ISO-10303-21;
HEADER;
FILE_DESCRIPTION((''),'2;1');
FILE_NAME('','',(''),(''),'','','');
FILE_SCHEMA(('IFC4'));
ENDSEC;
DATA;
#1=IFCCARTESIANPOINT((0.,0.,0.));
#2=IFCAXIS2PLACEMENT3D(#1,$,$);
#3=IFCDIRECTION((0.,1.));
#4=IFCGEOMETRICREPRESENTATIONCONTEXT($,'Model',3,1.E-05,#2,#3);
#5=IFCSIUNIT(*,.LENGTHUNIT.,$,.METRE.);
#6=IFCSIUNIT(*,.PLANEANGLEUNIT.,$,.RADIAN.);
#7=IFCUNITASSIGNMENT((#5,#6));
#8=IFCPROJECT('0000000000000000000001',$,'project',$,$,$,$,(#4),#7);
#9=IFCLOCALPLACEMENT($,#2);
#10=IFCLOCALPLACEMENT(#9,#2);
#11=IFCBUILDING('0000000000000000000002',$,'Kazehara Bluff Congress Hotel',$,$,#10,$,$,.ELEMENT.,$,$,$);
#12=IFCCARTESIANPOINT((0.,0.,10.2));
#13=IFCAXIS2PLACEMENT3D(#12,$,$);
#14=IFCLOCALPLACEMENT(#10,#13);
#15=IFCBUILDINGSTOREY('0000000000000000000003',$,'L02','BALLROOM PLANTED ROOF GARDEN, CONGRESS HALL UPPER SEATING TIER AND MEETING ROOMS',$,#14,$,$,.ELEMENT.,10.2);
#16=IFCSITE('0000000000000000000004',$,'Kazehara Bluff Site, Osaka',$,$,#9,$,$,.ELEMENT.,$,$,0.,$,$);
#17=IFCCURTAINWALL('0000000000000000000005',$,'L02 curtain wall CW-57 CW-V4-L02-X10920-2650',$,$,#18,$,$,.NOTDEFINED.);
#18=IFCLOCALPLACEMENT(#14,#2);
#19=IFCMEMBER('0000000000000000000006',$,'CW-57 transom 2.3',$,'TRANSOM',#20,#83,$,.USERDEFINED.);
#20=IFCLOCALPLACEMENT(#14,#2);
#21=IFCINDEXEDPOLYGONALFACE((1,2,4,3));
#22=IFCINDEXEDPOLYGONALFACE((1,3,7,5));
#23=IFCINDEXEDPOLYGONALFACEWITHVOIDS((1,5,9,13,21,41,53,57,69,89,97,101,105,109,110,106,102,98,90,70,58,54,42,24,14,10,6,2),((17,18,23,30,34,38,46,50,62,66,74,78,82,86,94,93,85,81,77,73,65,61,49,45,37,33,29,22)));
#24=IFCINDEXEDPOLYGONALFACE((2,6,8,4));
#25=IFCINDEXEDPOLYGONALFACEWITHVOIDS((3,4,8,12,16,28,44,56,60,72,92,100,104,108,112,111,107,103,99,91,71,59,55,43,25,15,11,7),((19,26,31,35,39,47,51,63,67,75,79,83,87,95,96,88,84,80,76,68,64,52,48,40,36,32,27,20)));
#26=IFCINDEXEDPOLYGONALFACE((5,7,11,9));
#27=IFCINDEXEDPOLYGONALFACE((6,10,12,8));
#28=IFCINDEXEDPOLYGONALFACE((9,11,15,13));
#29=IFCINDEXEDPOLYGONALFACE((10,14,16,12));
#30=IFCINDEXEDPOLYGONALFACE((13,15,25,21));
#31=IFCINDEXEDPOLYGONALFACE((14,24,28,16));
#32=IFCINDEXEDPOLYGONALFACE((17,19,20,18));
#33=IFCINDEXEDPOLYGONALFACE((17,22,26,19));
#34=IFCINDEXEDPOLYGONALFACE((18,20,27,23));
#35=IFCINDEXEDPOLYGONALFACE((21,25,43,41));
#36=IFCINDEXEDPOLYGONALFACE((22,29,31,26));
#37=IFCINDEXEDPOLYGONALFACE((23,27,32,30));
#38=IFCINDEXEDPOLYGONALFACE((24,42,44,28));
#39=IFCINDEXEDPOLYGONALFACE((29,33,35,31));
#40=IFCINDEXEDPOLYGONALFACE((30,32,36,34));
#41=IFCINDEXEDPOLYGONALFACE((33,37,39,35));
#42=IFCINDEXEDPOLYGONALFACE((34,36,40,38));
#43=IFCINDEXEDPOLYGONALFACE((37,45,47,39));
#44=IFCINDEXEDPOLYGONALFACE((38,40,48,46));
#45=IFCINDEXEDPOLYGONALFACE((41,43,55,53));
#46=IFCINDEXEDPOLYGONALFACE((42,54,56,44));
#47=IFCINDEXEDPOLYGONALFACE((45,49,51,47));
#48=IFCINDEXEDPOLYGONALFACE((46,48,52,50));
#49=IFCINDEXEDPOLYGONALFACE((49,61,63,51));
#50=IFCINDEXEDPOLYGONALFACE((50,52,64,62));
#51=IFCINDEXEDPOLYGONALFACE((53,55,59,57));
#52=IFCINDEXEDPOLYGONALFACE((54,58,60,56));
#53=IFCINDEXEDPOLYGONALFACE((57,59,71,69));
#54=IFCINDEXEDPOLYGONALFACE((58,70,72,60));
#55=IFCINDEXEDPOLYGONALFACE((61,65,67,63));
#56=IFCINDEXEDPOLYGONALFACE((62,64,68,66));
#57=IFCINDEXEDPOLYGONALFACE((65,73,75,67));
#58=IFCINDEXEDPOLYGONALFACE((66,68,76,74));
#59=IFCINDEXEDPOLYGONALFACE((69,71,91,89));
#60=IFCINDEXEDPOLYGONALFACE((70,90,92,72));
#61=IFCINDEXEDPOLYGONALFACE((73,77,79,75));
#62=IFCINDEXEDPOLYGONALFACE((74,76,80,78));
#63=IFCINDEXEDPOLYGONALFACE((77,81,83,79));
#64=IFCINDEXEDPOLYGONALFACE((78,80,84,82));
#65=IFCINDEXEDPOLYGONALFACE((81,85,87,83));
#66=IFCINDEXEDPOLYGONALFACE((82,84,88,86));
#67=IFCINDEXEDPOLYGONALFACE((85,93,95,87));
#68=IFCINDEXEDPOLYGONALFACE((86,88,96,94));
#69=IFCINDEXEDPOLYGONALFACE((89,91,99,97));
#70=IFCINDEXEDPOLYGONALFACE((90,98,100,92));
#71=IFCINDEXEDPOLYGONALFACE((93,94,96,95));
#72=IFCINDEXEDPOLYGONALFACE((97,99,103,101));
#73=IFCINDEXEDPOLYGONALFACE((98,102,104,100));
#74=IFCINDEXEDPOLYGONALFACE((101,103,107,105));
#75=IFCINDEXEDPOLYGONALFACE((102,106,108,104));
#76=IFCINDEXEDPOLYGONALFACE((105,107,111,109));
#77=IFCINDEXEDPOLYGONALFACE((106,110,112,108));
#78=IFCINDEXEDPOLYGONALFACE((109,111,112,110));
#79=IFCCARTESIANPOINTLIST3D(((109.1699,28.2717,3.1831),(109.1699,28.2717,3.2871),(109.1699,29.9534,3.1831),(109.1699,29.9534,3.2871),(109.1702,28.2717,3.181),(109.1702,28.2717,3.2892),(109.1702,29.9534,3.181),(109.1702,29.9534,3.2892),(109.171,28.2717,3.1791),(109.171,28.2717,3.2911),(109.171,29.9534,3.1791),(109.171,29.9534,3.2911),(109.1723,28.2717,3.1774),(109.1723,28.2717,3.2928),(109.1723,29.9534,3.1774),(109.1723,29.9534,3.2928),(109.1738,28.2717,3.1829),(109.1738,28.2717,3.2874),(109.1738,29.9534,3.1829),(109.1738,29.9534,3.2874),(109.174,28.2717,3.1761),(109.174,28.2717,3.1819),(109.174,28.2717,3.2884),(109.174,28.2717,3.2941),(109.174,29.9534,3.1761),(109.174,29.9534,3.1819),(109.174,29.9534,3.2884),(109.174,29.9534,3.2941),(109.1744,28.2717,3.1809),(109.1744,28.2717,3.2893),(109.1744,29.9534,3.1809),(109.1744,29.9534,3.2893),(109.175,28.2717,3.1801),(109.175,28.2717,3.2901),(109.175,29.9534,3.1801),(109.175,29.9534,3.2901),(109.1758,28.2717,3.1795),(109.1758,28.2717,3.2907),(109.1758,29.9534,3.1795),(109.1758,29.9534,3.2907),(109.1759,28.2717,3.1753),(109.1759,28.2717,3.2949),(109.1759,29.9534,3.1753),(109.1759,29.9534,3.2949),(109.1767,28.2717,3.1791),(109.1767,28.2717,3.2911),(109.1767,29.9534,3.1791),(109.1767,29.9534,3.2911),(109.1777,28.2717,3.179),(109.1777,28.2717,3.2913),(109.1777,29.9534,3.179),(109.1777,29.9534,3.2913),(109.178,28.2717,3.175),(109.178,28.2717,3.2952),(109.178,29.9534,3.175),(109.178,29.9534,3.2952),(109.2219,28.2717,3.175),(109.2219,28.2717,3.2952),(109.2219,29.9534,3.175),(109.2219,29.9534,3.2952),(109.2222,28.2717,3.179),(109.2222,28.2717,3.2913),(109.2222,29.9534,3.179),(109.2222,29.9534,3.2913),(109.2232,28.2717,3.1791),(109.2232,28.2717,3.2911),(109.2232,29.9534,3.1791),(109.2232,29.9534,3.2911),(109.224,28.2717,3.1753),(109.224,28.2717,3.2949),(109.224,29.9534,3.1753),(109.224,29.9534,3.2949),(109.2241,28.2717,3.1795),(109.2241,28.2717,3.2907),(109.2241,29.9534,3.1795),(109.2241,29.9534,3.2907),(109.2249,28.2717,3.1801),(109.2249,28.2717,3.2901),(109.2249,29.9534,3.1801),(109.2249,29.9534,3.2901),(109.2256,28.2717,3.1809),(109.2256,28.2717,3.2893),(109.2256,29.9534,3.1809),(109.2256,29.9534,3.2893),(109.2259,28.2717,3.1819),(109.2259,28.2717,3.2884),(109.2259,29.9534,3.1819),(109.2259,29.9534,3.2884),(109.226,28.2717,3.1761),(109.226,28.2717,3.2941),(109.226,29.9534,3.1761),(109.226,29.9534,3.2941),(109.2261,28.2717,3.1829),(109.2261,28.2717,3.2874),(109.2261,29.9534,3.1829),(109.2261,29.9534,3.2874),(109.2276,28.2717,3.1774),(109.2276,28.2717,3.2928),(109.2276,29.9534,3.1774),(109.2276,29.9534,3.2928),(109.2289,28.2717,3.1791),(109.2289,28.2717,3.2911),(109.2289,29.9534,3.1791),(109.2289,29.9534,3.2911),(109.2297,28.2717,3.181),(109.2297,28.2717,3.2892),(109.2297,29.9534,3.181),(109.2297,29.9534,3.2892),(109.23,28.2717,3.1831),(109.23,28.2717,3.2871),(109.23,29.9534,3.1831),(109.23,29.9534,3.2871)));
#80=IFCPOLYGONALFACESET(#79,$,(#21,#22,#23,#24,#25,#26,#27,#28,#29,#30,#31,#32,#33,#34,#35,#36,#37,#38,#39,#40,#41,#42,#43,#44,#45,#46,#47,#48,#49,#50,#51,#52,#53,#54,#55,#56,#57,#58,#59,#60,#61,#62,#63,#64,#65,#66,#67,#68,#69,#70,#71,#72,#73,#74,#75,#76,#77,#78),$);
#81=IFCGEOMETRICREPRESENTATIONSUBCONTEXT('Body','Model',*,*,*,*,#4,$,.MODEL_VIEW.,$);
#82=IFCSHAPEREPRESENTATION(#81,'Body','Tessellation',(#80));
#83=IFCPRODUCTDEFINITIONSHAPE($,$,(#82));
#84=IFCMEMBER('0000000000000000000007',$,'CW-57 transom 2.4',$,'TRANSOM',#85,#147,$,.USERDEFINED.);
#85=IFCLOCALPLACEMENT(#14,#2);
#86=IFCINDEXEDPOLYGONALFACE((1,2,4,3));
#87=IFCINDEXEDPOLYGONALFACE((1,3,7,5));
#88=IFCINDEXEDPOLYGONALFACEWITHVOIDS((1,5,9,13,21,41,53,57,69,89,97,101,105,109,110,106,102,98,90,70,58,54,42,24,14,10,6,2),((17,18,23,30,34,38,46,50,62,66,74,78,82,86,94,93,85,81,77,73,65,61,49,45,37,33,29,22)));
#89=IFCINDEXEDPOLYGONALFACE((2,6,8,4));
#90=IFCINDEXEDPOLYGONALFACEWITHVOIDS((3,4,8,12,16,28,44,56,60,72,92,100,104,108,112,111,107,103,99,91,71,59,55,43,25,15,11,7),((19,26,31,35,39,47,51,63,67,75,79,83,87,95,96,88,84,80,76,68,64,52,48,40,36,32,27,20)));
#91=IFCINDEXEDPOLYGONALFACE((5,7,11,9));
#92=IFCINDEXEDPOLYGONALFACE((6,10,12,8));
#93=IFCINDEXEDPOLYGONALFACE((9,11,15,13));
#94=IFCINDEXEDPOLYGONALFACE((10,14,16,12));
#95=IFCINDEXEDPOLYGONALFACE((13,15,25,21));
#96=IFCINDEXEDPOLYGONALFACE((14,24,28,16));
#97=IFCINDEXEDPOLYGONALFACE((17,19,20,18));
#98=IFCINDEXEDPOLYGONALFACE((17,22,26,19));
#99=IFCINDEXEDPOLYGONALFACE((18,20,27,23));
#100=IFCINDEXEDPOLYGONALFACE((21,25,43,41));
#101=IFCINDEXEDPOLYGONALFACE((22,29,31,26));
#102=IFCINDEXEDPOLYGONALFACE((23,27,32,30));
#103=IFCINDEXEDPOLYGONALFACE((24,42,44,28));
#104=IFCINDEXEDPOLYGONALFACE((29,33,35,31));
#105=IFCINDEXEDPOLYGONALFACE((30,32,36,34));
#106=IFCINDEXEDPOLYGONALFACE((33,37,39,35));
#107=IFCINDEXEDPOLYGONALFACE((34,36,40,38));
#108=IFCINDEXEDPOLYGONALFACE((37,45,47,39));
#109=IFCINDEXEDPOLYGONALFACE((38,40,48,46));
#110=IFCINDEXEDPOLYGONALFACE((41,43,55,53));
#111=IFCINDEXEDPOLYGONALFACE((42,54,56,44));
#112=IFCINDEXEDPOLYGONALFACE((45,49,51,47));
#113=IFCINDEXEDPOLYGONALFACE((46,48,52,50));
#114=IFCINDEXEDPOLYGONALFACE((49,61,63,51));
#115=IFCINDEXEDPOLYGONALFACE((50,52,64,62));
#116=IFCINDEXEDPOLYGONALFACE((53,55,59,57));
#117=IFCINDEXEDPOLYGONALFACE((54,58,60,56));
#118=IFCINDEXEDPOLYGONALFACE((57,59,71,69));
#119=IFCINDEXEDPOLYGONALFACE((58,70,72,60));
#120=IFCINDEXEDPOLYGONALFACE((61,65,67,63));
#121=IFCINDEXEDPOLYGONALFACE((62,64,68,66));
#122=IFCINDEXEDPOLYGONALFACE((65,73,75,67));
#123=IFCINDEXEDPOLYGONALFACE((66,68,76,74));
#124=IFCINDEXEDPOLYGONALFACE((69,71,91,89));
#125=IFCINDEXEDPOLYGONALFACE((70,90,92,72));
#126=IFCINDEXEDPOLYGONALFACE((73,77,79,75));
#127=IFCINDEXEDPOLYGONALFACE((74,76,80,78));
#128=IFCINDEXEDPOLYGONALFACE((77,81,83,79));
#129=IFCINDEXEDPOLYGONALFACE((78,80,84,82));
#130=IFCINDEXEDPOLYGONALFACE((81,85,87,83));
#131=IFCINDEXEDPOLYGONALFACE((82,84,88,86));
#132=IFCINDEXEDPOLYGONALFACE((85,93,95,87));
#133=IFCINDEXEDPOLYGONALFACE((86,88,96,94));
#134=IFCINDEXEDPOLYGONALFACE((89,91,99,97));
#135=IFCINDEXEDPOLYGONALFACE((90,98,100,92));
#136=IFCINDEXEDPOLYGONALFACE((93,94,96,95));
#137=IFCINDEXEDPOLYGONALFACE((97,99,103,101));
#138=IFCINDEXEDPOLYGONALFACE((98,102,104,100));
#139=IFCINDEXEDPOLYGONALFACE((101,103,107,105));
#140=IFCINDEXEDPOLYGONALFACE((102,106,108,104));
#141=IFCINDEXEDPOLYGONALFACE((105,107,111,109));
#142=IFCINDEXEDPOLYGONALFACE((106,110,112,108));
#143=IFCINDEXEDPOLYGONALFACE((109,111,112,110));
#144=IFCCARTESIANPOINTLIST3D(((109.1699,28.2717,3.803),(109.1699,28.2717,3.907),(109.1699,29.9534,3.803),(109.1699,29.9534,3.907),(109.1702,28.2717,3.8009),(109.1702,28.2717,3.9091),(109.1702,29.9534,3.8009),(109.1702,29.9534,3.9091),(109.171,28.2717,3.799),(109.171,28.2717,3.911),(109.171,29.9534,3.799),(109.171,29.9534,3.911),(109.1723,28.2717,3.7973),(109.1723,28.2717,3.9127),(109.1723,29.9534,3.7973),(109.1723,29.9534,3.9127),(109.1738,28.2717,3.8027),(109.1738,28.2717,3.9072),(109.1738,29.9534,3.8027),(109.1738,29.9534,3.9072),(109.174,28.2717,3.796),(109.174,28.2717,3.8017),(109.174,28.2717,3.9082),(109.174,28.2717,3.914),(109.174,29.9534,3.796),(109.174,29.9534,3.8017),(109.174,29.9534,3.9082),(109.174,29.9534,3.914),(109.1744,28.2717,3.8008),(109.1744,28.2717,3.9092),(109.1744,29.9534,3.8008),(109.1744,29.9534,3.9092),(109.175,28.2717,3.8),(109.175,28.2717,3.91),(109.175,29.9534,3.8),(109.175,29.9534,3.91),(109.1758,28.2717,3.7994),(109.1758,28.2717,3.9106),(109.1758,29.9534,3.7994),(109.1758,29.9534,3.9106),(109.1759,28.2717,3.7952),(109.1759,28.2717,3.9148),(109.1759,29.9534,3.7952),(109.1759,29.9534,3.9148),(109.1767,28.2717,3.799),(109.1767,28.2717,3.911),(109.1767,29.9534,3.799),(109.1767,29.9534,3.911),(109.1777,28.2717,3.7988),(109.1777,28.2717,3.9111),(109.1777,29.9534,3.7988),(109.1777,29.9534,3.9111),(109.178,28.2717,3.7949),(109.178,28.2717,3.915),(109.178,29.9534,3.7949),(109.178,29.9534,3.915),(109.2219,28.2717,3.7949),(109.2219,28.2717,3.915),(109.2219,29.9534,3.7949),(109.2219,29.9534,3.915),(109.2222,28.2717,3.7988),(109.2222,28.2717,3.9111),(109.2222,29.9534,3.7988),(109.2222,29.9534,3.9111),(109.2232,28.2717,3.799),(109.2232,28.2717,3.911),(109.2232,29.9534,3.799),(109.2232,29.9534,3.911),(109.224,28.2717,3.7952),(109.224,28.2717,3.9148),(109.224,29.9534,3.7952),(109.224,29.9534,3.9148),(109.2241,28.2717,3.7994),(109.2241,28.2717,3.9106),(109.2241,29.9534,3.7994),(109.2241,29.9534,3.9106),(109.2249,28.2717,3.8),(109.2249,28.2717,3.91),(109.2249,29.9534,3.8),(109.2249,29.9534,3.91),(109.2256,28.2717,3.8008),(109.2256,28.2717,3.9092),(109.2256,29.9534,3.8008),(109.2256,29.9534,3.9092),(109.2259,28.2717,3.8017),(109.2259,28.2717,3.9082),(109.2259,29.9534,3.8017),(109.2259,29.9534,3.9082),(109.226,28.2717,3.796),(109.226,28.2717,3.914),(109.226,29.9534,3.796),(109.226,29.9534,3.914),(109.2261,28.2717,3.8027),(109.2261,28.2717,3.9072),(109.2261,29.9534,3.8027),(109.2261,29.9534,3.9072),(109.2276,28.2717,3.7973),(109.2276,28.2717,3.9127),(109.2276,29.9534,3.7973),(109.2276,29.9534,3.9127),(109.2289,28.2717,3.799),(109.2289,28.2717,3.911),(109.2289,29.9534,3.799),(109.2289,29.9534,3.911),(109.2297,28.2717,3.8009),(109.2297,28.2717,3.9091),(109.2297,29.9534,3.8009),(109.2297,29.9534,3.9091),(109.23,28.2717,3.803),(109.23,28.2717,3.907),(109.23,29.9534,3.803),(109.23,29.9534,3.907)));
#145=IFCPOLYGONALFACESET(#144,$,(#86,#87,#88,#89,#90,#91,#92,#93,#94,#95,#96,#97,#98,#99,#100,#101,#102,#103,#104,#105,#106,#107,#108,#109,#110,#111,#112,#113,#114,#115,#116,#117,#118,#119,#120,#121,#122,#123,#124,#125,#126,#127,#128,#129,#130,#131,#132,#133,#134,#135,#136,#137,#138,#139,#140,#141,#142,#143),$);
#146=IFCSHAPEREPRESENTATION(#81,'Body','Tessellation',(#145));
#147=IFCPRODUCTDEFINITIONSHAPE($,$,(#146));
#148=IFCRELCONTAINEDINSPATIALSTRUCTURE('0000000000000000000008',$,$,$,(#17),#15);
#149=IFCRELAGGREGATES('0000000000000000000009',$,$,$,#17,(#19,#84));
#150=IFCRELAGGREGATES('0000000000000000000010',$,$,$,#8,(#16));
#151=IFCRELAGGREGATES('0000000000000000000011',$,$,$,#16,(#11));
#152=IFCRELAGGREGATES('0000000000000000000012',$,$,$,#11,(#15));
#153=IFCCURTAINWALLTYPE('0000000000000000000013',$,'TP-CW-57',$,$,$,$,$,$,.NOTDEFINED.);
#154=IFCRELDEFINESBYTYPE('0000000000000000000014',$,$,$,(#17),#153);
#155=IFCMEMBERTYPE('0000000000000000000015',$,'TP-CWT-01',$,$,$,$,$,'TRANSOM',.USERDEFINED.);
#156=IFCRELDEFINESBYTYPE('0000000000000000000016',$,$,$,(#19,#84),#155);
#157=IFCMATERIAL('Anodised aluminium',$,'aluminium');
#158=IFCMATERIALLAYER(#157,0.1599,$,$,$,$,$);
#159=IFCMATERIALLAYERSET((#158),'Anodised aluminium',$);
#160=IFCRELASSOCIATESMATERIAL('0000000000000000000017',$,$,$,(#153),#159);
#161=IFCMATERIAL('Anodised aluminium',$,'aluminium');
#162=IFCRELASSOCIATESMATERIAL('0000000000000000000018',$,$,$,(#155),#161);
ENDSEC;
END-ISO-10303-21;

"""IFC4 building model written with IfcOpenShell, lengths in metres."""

from ifc_helpers import new_model, si_unit, direction, frame, origin, origin_2d, place, context, subcontext, project, spatial, hollow_rectangle, extrude, material, layer, layer_set, material_profile, profile_set, type_object, element, aggregate, save


model = new_model("IFC4")

# Units and contexts
model_context = context("Model", 3, precision=1e-05, world=origin(), true_north=direction((0.0, 1.0)))
body_context = subcontext(model_context, "Body", "Model", "MODEL_VIEW")
ifc_project = project(units=[si_unit("LENGTHUNIT", "METRE"), si_unit("PLANEANGLEUNIT", "RADIAN")], contexts=[model_context])

# Site, building, storey
site_placement = place(None, origin())
site = spatial("IfcSite", under=ifc_project, at=site_placement, Name="Kazehara Bluff Site, Osaka", CompositionType="ELEMENT", RefElevation=0.0)
building_placement = place(site_placement, origin())
building = spatial("IfcBuilding", under=site, at=building_placement, Name="Kazehara Bluff Congress Hotel", CompositionType="ELEMENT")
storey_placement = place(building_placement, frame((0.0, 0.0, 10.2)))
storey = spatial("IfcBuildingStorey", under=building, at=storey_placement, Name="L02", Description="BALLROOM PLANTED ROOF GARDEN, CONGRESS HALL UPPER SEATING TIER AND MEETING ROOMS", CompositionType="ELEMENT", Elevation=10.2)

# Curtain wall, members
ifc_material_1 = material(Name="Anodised aluminium", Category="aluminium")
ifc_layer_1 = layer(ifc_material_1, 0.1599)
ifc_layer_set_1 = layer_set([ifc_layer_1], Name="Anodised aluminium")
curtain_wall_type = type_object("IfcCurtainWallType", Name="TP-CW-57", PredefinedType="NOTDEFINED", material=ifc_layer_set_1)
curtain_wall_placement = place(storey_placement, origin())
curtain_wall = element("IfcCurtainWall", 1, at=curtain_wall_placement, inside=storey, type_object=curtain_wall_type, Name="L02 curtain wall CW-57 CW-V4-L02-X10920-2650", PredefinedType="NOTDEFINED")
ifc_material_2 = material(Name="Anodised aluminium", Category="aluminium")
ifc_material_profile_1 = material_profile(ifc_material_2, hollow_rectangle(XDim=0.0601, YDim=0.1201, WallThickness=0.0039, InnerFilletRadius=0.0039, OuterFilletRadius=0.0081, at=origin_2d()))
ifc_profile_set_1 = profile_set([ifc_material_profile_1], Name="Anodised aluminium")
member_type_1 = type_object("IfcMemberType", Name="TP-CWT-01", ElementType="TRANSOM", PredefinedType="USERDEFINED", material=ifc_profile_set_1)
member_1_placement = place(storey_placement, frame((109.2, 28.2717, 3.2351), z_axis=(0.0, 1.0, 0.0), x_axis=(-1.0, 0.0, 0.0)))
member_1 = element("IfcMember", 2, at=member_1_placement, type_object=member_type_1, Name="CW-57 transom 2.3", ObjectType="TRANSOM", PredefinedType="USERDEFINED", context=body_context, shape_type="SweptSolid", body=[
    extrude(hollow_rectangle(XDim=0.0601, YDim=0.1201, WallThickness=0.0039, InnerFilletRadius=0.0039, OuterFilletRadius=0.0081, at=origin_2d()), origin(), (0.0, 0.0, 1.0), 1.6816),
])
member_2_placement = place(storey_placement, frame((109.2, 28.2717, 3.855), z_axis=(0.0, 1.0, 0.0), x_axis=(-1.0, 0.0, 0.0)))
member_2 = element("IfcMember", 3, at=member_2_placement, type_object=member_type_1, Name="CW-57 transom 2.4", ObjectType="TRANSOM", PredefinedType="USERDEFINED", context=body_context, shape_type="SweptSolid", body=[
    extrude(hollow_rectangle(XDim=0.0601, YDim=0.1201, WallThickness=0.0039, InnerFilletRadius=0.0039, OuterFilletRadius=0.0081, at=origin_2d()), origin(), (0.0, 0.0, 1.0), 1.6816),
])

aggregate(curtain_wall, [member_1, member_2])

save(model, "model.ifc")
